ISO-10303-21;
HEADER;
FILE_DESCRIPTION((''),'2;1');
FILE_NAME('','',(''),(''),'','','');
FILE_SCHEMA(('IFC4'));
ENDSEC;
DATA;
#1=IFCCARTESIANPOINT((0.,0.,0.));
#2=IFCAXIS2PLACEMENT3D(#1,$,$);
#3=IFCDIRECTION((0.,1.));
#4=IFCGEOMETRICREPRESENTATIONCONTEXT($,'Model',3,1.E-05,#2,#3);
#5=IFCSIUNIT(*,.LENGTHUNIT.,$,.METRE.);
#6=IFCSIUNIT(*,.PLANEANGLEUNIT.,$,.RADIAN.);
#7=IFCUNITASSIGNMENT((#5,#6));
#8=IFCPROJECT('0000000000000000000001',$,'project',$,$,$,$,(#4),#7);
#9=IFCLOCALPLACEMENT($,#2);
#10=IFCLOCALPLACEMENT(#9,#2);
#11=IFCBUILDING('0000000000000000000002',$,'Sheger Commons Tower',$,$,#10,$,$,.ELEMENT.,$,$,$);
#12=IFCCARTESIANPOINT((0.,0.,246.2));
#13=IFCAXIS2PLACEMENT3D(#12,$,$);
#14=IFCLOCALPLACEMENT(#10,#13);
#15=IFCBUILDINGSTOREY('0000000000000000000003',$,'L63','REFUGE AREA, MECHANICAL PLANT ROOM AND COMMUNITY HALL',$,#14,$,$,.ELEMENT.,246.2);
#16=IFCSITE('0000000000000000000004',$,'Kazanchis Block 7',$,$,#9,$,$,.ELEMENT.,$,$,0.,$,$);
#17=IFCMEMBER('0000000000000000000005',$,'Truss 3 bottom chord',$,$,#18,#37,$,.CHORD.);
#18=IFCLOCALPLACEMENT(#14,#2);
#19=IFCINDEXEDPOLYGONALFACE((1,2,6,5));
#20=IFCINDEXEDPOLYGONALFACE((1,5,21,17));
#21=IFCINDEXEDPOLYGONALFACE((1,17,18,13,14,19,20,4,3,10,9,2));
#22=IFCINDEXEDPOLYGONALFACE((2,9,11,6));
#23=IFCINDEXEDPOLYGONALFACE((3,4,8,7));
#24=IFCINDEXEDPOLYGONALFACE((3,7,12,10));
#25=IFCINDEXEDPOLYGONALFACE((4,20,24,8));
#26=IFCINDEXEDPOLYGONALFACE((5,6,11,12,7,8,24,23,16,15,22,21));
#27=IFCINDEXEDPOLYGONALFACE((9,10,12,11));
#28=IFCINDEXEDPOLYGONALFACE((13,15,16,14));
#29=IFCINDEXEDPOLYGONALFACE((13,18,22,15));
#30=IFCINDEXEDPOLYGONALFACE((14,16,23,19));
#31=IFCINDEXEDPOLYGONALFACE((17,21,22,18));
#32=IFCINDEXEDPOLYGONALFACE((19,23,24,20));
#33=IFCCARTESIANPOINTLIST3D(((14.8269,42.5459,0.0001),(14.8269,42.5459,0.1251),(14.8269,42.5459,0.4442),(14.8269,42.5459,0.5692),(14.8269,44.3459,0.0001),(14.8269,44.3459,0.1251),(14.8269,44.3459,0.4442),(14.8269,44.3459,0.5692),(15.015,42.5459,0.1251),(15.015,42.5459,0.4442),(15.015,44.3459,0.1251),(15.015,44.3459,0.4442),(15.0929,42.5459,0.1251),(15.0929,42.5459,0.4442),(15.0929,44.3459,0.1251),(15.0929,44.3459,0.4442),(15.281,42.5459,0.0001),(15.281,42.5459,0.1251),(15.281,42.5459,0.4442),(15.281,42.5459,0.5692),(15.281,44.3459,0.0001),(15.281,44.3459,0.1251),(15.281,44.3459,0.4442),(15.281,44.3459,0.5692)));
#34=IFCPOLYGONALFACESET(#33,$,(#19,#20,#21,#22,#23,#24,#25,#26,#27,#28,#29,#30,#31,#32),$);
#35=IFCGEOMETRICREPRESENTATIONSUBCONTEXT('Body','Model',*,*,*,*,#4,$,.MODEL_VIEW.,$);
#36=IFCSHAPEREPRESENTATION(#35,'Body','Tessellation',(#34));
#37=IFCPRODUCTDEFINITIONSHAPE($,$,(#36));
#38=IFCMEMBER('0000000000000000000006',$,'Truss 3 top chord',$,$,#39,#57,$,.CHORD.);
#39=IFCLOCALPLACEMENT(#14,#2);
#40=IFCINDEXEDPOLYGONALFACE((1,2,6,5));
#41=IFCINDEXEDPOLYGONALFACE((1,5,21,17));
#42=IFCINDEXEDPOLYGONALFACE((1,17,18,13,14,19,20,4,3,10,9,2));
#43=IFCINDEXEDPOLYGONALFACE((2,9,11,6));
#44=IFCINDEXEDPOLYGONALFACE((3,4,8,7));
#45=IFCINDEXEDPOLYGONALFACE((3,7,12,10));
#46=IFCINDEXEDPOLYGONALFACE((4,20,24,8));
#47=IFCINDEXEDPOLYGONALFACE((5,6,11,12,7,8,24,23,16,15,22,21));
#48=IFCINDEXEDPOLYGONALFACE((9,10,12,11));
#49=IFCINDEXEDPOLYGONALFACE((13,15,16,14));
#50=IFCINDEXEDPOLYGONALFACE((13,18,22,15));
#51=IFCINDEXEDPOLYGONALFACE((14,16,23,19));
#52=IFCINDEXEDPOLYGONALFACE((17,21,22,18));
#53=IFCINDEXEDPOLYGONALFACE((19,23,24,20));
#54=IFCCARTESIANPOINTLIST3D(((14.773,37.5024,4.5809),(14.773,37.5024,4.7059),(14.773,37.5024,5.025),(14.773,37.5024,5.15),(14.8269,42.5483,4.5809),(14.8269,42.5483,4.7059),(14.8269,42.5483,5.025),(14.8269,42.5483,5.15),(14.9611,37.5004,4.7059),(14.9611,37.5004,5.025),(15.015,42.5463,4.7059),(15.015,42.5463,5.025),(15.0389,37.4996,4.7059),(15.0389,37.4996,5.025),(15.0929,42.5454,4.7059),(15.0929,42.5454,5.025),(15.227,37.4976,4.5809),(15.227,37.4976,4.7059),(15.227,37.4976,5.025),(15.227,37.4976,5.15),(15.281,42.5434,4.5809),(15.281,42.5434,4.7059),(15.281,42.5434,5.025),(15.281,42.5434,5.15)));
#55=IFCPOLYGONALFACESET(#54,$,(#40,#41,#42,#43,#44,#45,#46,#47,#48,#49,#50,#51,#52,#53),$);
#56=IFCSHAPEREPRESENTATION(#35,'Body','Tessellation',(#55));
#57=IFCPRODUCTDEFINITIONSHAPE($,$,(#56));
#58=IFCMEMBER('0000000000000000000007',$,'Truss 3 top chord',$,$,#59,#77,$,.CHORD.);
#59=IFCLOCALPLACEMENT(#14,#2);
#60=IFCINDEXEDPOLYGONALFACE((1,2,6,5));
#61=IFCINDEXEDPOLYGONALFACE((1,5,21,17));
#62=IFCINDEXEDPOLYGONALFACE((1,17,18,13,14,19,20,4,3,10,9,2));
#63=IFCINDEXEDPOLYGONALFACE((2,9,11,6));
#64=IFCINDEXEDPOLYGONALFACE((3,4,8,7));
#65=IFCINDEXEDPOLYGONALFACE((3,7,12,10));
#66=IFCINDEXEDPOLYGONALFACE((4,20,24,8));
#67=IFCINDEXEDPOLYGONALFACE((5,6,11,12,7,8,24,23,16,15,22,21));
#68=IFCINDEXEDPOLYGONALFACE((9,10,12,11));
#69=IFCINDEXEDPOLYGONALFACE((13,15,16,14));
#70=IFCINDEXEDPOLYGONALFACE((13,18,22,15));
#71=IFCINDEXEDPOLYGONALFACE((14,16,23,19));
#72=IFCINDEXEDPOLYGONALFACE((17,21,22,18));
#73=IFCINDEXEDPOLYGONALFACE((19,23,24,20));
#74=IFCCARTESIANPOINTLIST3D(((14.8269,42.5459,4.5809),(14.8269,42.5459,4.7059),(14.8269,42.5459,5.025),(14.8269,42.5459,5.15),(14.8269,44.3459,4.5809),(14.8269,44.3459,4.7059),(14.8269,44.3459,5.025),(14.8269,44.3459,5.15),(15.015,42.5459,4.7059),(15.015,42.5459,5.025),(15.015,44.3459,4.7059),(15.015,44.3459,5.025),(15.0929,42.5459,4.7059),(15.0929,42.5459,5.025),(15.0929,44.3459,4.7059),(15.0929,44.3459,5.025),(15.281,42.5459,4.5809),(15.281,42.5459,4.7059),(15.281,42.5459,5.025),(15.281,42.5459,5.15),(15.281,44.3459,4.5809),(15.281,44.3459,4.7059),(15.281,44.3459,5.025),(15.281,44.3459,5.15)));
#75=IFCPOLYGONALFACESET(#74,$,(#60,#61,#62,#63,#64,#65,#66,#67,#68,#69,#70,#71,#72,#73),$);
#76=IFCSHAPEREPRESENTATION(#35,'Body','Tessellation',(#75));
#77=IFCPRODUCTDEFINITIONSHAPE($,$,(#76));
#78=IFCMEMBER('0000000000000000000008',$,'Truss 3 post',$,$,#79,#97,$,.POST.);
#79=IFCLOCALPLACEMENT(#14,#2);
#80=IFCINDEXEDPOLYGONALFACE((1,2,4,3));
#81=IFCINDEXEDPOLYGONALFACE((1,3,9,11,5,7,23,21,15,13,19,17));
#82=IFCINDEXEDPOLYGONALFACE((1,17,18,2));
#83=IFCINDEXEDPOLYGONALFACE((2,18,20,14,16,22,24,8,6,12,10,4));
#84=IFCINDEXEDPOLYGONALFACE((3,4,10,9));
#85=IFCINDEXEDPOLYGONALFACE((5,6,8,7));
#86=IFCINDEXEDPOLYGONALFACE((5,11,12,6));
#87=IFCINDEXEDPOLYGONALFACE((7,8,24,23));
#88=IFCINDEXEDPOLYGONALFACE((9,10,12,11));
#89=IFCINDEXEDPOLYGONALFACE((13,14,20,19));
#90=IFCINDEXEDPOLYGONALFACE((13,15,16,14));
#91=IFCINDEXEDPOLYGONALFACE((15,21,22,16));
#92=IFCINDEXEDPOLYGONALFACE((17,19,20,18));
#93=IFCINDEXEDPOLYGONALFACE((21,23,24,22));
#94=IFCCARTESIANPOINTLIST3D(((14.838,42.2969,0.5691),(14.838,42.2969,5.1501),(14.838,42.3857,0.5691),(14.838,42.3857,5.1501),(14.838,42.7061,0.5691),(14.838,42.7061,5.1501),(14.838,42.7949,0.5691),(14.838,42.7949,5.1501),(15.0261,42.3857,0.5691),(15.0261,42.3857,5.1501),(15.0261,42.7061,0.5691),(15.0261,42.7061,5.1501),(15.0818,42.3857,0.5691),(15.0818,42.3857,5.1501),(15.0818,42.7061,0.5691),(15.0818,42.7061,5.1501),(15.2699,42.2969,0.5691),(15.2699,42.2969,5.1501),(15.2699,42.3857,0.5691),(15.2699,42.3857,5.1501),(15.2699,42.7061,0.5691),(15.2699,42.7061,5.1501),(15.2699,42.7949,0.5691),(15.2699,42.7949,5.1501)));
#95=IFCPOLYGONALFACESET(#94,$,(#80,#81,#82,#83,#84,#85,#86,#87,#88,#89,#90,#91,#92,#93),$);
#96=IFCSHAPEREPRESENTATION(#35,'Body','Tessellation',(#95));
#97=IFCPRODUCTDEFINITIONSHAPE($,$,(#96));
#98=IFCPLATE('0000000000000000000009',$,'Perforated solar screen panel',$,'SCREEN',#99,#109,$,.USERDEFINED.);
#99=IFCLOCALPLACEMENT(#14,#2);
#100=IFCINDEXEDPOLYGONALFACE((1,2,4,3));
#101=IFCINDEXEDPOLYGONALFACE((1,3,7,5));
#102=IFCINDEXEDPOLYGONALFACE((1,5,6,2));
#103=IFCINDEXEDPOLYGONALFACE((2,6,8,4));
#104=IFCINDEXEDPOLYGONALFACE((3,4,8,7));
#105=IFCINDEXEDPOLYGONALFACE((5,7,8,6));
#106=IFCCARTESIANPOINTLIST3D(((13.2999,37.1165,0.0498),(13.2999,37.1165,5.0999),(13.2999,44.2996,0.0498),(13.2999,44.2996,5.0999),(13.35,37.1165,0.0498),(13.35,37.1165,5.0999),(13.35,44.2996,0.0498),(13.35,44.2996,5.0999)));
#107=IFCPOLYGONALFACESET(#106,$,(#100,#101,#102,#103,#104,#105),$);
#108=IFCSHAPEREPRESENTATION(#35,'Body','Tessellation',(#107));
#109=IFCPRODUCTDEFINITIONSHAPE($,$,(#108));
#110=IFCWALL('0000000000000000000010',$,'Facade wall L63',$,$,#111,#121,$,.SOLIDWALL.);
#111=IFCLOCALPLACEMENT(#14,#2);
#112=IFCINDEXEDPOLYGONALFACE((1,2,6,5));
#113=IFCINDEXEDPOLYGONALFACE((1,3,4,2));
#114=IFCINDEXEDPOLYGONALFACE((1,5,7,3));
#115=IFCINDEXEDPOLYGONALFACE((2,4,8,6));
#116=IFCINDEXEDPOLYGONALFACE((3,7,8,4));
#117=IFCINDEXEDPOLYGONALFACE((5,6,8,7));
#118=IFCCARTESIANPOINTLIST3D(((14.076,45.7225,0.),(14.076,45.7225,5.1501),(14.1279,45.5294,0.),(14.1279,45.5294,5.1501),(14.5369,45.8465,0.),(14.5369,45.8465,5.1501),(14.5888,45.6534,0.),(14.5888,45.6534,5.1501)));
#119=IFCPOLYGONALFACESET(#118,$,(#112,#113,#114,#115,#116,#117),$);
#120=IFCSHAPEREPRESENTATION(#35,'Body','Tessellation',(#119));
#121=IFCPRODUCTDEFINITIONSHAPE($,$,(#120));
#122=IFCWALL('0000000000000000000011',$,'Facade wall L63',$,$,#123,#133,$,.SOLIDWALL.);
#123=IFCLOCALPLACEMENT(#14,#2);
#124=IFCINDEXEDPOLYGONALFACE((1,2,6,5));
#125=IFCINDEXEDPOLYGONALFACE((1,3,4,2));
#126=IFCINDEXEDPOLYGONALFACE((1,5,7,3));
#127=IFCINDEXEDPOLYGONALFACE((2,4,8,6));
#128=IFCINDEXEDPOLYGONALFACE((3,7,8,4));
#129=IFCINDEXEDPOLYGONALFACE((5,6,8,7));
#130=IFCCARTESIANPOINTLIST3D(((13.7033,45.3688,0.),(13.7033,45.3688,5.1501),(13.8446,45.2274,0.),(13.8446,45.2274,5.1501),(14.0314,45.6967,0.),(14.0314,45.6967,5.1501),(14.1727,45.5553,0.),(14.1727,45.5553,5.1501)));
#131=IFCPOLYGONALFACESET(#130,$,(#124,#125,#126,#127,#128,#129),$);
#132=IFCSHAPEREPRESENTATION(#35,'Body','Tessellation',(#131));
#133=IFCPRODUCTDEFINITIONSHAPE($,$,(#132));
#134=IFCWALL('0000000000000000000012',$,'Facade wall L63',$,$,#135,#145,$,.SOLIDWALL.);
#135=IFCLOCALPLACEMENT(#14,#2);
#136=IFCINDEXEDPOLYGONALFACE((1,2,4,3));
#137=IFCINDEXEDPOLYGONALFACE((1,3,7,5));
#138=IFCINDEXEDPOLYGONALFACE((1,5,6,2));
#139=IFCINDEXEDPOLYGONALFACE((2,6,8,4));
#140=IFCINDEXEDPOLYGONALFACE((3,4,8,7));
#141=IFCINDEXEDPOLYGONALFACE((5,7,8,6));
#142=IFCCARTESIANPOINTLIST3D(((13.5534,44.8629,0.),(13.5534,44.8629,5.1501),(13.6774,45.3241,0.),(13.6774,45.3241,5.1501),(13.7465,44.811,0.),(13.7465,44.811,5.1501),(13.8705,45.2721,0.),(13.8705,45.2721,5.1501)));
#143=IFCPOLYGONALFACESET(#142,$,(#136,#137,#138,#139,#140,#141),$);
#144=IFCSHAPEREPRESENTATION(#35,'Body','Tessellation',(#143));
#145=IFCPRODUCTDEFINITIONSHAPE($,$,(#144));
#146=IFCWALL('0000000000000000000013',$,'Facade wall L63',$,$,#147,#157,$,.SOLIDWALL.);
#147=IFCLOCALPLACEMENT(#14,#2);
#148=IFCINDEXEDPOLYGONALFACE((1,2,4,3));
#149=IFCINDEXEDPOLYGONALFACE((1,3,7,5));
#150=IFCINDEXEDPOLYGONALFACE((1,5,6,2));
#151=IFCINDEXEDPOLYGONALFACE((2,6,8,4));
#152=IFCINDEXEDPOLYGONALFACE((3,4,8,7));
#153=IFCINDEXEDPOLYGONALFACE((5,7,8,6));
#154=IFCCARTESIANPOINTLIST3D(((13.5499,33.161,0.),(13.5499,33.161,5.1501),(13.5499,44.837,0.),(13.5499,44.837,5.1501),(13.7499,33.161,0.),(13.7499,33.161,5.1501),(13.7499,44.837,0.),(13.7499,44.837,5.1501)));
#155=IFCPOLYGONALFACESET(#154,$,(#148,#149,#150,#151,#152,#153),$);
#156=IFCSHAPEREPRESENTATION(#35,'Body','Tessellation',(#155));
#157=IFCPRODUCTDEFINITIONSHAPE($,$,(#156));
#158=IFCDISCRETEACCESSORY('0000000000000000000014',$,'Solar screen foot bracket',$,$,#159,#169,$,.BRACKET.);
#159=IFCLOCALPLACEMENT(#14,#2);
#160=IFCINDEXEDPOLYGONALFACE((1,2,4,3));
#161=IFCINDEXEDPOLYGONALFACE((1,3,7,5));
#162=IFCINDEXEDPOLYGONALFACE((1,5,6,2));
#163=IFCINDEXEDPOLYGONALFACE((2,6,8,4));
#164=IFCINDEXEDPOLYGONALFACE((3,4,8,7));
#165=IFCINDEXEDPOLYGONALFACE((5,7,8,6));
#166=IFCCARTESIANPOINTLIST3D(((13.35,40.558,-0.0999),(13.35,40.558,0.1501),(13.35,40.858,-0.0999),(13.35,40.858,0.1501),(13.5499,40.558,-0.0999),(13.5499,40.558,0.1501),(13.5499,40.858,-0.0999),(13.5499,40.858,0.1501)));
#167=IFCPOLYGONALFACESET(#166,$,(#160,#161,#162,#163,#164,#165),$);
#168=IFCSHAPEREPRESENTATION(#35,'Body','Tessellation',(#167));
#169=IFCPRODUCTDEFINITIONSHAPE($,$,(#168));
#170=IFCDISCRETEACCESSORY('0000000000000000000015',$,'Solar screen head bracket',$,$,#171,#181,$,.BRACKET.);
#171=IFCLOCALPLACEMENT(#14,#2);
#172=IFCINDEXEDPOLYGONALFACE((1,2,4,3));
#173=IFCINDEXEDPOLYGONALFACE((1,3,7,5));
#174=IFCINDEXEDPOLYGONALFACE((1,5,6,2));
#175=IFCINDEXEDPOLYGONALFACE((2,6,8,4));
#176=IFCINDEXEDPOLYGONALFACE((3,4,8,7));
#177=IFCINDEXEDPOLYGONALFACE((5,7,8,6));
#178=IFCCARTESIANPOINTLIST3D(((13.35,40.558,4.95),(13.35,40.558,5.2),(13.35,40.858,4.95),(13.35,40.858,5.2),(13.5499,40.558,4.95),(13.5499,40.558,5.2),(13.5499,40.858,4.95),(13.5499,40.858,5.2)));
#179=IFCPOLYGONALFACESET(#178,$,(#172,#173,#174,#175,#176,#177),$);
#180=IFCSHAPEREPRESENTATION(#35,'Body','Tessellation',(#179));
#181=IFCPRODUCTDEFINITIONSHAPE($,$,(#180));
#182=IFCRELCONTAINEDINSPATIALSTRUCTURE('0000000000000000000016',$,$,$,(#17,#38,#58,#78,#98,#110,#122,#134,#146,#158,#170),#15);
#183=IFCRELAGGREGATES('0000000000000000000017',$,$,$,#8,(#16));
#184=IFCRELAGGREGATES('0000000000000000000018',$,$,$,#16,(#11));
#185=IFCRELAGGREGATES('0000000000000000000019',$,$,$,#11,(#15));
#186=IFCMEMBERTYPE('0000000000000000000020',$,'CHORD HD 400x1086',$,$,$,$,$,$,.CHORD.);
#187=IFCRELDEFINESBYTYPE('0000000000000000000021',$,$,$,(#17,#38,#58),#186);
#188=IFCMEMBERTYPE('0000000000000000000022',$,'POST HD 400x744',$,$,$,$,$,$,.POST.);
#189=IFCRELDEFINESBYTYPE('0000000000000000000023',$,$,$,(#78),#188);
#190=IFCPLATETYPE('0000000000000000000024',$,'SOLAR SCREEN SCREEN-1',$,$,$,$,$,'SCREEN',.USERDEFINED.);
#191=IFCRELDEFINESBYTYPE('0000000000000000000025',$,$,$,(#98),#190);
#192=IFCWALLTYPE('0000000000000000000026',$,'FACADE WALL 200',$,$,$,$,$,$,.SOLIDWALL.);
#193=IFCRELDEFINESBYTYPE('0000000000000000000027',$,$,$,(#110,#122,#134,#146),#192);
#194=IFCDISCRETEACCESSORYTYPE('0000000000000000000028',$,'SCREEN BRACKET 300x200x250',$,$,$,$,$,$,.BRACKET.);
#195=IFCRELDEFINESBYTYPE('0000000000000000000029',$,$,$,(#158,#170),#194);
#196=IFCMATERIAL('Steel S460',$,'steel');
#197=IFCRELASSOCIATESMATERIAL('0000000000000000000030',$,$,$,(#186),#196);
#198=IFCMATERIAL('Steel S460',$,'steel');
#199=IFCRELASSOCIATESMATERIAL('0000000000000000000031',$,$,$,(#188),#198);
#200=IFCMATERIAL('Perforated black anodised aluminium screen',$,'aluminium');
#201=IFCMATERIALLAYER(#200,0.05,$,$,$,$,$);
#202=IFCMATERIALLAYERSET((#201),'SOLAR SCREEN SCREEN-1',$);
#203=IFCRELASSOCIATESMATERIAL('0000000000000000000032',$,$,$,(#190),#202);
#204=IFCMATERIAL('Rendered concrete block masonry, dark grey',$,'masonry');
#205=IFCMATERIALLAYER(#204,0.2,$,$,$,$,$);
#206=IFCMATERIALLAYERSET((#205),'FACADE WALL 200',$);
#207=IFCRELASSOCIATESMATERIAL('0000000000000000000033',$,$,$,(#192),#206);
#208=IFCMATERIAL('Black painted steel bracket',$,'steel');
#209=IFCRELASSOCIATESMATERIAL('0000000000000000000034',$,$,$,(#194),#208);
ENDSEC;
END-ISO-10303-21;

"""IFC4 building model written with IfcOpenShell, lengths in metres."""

from ifc_helpers import new_model, si_unit, direction, frame, frame_2d, origin, origin_2d, place, context, subcontext, project, spatial, rectangle, i_section, extrude, material, layer, layer_set, material_profile, profile_set, type_object, element, save


model = new_model("IFC4")

# Units and contexts
model_context = context("Model", 3, precision=1e-05, world=origin(), true_north=direction((0.0, 1.0)))
body_context = subcontext(model_context, "Body", "Model", "MODEL_VIEW")
ifc_project = project(units=[si_unit("LENGTHUNIT", "METRE"), si_unit("PLANEANGLEUNIT", "RADIAN")], contexts=[model_context])

# Site, building, storey
site_placement = place(None, origin())
site = spatial("IfcSite", under=ifc_project, at=site_placement, Name="Kazanchis Block 7", CompositionType="ELEMENT", RefElevation=0.0)
building_placement = place(site_placement, origin())
building = spatial("IfcBuilding", under=site, at=building_placement, Name="Sheger Commons Tower", CompositionType="ELEMENT")
storey_placement = place(building_placement, frame((0.0, 0.0, 246.2)))
storey = spatial("IfcBuildingStorey", under=building, at=storey_placement, Name="L63", Description="REFUGE AREA, MECHANICAL PLANT ROOM AND COMMUNITY HALL", CompositionType="ELEMENT", Elevation=246.2)

# Members
ifc_material_1 = material(Name="Steel S460", Category="steel")
ifc_material_profile_1 = material_profile(ifc_material_1, i_section(OverallWidth=0.4541, OverallDepth=0.5691, WebThickness=0.0779, FlangeThickness=0.125, at=origin_2d()), Name="HD 400x1086")
ifc_profile_set_1 = profile_set([ifc_material_profile_1], Name="Steel S460")
member_type_1 = type_object("IfcMemberType", Name="CHORD HD 400x1086", PredefinedType="CHORD", material=ifc_profile_set_1)
member_1_placement = place(storey_placement, frame((15.054, 42.5459, 0.2847), z_axis=(0.0, 1.0, 0.0), x_axis=(-1.0, 0.0, 0.0)))
element("IfcMember", 1, at=member_1_placement, inside=storey, type_object=member_type_1, Name="Truss 3 bottom chord", PredefinedType="CHORD", context=body_context, shape_type="SweptSolid", body=[
    extrude(i_section(OverallWidth=0.4541, OverallDepth=0.5691, WebThickness=0.0779, FlangeThickness=0.125, at=origin_2d()), origin(), (0.0, 0.0, 1.0), 1.8),
])
member_2_placement = place(storey_placement, frame((15.0, 37.5, 4.8655), z_axis=(0.010692, 0.999943, 0.0), x_axis=(-0.999943, 0.010692, 0.0)))
element("IfcMember", 2, at=member_2_placement, inside=storey, type_object=member_type_1, Name="Truss 3 top chord", PredefinedType="CHORD", context=body_context, shape_type="SweptSolid", body=[
    extrude(i_section(OverallWidth=0.4541, OverallDepth=0.5691, WebThickness=0.0779, FlangeThickness=0.125, at=origin_2d()), origin(), (0.0, 0.0, 1.0), 5.0461),
])
member_3_placement = place(storey_placement, frame((15.054, 42.5459, 4.8655), z_axis=(0.0, 1.0, 0.0), x_axis=(-1.0, 0.0, 0.0)))
element("IfcMember", 3, at=member_3_placement, inside=storey, type_object=member_type_1, Name="Truss 3 top chord", PredefinedType="CHORD", context=body_context, shape_type="SweptSolid", body=[
    extrude(i_section(OverallWidth=0.4541, OverallDepth=0.5691, WebThickness=0.0779, FlangeThickness=0.125, at=origin_2d()), origin(), (0.0, 0.0, 1.0), 1.8),
])
ifc_material_2 = material(Name="Steel S460", Category="steel")
ifc_material_profile_2 = material_profile(ifc_material_2, i_section(OverallWidth=0.4319, OverallDepth=0.498, WebThickness=0.0557, FlangeThickness=0.0889, at=origin_2d()), Name="HD 400x744")
ifc_profile_set_2 = profile_set([ifc_material_profile_2], Name="Steel S460")
member_type_2 = type_object("IfcMemberType", Name="POST HD 400x744", PredefinedType="POST", material=ifc_profile_set_2)
member_4_placement = place(storey_placement, frame((15.054, 42.5459, 0.5691), z_axis=(0.0, 0.0, 1.0), x_axis=(1.0, 0.0, 0.0)))
element("IfcMember", 4, at=member_4_placement, inside=storey, type_object=member_type_2, Name="Truss 3 post", PredefinedType="POST", context=body_context, shape_type="SweptSolid", body=[
    extrude(i_section(OverallWidth=0.4319, OverallDepth=0.498, WebThickness=0.0557, FlangeThickness=0.0889, at=origin_2d()), origin(), (0.0, 0.0, 1.0), 4.5811),
])

# Plate
ifc_material_3 = material(Name="Perforated black anodised aluminium screen", Category="aluminium")
ifc_layer_1 = layer(ifc_material_3, 0.05)
ifc_layer_set_1 = layer_set([ifc_layer_1], Name="SOLAR SCREEN SCREEN-1")
plate_type = type_object("IfcPlateType", Name="SOLAR SCREEN SCREEN-1", ElementType="SCREEN", PredefinedType="USERDEFINED", material=ifc_layer_set_1)
plate_placement = place(storey_placement, frame((13.325, 40.708, 0.0498), z_axis=(0.0, 0.0, 1.0), x_axis=(0.0, -1.0, 0.0)))
element("IfcPlate", 5, at=plate_placement, inside=storey, type_object=plate_type, Name="Perforated solar screen panel", ObjectType="SCREEN", PredefinedType="USERDEFINED", context=body_context, shape_type="SweptSolid", body=[
    extrude(rectangle(XDim=7.1831, YDim=0.05, at=origin_2d()), origin(), (0.0, 0.0, 1.0), 5.05),
])

# Walls
ifc_material_4 = material(Name="Rendered concrete block masonry, dark grey", Category="masonry")
ifc_layer_2 = layer(ifc_material_4, 0.2)
ifc_layer_set_2 = layer_set([ifc_layer_2], Name="FACADE WALL 200")
wall_type = type_object("IfcWallType", Name="FACADE WALL 200", PredefinedType="SOLIDWALL", material=ifc_layer_set_2)
wall_1_placement = place(storey_placement, frame((14.563, 45.75, 0.0), z_axis=(0.0, 0.0, 1.0), x_axis=(-0.965655, -0.259827, 0.0)))
element("IfcWall", 6, at=wall_1_placement, inside=storey, type_object=wall_type, Name="Facade wall L63", PredefinedType="SOLIDWALL", context=body_context, shape_type="SweptSolid", body=[
    extrude(rectangle(XDim=0.4773, YDim=0.2, at=frame_2d((0.2388, 0.0))), origin(), (0.0, 0.0, 1.0), 5.1501),
])
wall_2_placement = place(storey_placement, frame((14.1021, 45.626, 0.0), z_axis=(0.0, 0.0, 1.0), x_axis=(-0.70737, -0.706844, 0.0)))
element("IfcWall", 7, at=wall_2_placement, inside=storey, type_object=wall_type, Name="Facade wall L63", PredefinedType="SOLIDWALL", context=body_context, shape_type="SweptSolid", body=[
    extrude(rectangle(XDim=0.4639, YDim=0.2, at=frame_2d((0.2319, 0.0))), origin(), (0.0, 0.0, 1.0), 5.1501),
])
wall_3_placement = place(storey_placement, frame((13.7739, 45.2981, 0.0), z_axis=(0.0, 0.0, 1.0), x_axis=(-0.259698, -0.96569, 0.0)))
element("IfcWall", 8, at=wall_3_placement, inside=storey, type_object=wall_type, Name="Facade wall L63", PredefinedType="SOLIDWALL", context=body_context, shape_type="SweptSolid", body=[
    extrude(rectangle(XDim=0.4775, YDim=0.2, at=frame_2d((0.2388, 0.0))), origin(), (0.0, 0.0, 1.0), 5.1501),
])
wall_4_placement = place(storey_placement, frame((13.6499, 44.8369, 0.0), z_axis=(0.0, 0.0, 1.0), x_axis=(0.0, -1.0, 0.0)))
element("IfcWall", 9, at=wall_4_placement, inside=storey, type_object=wall_type, Name="Facade wall L63", PredefinedType="SOLIDWALL", context=body_context, shape_type="SweptSolid", body=[
    extrude(rectangle(XDim=11.676, YDim=0.2, at=frame_2d((5.8379, 0.0))), origin(), (0.0, 0.0, 1.0), 5.1501),
])

# Discrete accessories
ifc_material_5 = material(Name="Black painted steel bracket", Category="steel")
discrete_accessory_type = type_object("IfcDiscreteAccessoryType", Name="SCREEN BRACKET 300x200x250", PredefinedType="BRACKET", material=ifc_material_5)
for number, where, z_axis, x_axis, name in (
    (10, (13.45, 40.708, -0.0999), (0.0, 0.0, 1.0), (0.0, -1.0, 0.0), "Solar screen foot bracket"),
    (11, (13.45, 40.708, 4.95), (0.0, 0.0, 1.0), (0.0, -1.0, 0.0), "Solar screen head bracket"),
):
    element("IfcDiscreteAccessory", number, at=place(storey_placement, frame(where, z_axis=z_axis, x_axis=x_axis)), inside=storey, type_object=discrete_accessory_type, Name=name, PredefinedType="BRACKET", context=body_context, shape_type="SweptSolid", body=[
        extrude(rectangle(XDim=0.3, YDim=0.2, at=origin_2d()), origin(), (0.0, 0.0, 1.0), 0.25),
    ])

save(model, "model.ifc")
